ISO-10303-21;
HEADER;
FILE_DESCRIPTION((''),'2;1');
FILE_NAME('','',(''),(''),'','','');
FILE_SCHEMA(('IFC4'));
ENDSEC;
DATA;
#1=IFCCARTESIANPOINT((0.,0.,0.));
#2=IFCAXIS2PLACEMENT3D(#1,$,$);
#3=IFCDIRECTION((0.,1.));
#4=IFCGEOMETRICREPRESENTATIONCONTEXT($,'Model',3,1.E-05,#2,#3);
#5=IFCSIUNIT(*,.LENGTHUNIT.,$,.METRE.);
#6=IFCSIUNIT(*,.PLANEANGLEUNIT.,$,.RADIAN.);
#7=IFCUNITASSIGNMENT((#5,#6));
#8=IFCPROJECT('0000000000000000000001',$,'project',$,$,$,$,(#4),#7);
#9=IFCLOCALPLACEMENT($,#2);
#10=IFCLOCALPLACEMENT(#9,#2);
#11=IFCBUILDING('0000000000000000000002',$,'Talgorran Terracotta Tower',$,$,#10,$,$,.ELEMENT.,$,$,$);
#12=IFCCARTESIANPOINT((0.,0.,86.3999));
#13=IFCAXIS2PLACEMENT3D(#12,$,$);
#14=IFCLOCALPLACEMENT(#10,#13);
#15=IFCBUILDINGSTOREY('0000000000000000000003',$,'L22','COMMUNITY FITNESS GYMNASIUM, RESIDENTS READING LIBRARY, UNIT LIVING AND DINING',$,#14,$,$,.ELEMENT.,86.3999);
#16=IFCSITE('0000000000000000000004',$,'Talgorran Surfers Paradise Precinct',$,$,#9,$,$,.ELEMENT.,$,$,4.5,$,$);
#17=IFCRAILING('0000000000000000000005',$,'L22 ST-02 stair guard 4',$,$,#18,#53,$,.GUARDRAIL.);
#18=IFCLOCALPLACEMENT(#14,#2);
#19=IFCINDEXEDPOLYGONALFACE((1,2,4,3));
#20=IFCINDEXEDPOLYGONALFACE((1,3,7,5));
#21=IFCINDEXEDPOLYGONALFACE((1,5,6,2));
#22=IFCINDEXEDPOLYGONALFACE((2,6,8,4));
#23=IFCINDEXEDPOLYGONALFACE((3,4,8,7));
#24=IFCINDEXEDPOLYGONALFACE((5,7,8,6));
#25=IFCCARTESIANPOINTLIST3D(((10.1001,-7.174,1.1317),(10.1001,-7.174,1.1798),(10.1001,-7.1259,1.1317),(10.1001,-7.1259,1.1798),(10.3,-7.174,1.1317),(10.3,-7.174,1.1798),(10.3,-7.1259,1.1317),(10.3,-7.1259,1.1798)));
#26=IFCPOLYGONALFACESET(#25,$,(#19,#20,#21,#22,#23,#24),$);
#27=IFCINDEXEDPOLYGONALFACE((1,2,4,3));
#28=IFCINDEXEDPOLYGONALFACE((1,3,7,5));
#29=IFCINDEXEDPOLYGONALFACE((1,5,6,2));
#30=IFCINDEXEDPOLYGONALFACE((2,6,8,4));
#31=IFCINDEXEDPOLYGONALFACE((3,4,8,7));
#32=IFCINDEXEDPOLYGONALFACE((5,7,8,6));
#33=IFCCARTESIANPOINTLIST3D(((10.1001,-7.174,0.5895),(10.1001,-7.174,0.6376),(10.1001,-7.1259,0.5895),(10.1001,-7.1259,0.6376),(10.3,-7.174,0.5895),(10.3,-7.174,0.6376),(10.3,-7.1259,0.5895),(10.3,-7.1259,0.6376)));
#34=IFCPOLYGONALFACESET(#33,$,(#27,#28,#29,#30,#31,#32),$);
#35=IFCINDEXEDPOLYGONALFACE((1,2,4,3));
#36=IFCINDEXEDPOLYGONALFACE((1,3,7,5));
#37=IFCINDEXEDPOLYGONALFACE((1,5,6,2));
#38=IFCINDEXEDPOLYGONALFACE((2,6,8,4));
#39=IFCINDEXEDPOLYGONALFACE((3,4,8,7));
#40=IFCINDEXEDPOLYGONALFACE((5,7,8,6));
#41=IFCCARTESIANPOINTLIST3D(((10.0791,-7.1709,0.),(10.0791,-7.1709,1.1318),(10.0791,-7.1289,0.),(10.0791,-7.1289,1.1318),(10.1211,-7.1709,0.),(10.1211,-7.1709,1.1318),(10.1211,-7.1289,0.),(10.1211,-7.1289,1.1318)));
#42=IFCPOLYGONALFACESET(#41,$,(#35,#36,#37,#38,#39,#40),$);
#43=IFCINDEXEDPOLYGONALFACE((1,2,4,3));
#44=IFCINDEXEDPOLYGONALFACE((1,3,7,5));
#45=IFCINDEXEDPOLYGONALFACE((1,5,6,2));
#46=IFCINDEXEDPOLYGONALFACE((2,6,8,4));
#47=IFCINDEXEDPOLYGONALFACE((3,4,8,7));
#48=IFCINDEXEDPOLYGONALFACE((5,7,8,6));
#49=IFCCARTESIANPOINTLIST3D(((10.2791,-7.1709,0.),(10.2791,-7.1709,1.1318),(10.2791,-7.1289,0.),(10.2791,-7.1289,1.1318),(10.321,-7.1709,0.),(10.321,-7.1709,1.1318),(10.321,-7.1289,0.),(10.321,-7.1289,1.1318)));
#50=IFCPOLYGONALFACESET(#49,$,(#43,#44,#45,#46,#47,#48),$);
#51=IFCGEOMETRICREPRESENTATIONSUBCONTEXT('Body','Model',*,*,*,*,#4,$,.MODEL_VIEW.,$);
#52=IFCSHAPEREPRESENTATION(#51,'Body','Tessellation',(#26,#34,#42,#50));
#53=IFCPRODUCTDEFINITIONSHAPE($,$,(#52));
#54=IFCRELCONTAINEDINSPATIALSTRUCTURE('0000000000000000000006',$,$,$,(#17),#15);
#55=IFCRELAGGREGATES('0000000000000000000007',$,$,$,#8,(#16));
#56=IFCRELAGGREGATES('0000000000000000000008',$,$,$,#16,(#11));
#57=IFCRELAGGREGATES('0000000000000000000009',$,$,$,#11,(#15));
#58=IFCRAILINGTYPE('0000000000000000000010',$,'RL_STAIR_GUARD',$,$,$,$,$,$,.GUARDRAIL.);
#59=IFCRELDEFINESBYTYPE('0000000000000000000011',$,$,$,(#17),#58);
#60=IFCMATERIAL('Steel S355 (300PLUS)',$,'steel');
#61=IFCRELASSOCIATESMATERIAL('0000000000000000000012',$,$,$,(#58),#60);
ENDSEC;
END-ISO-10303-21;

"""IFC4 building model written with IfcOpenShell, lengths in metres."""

from ifc_helpers import new_model, si_unit, direction, frame, origin, origin_2d, place, context, subcontext, project, spatial, rectangle, extrude, material, type_object, element, save


model = new_model("IFC4")

# Units and contexts
model_context = context("Model", 3, precision=1e-05, world=origin(), true_north=direction((0.0, 1.0)))
body_context = subcontext(model_context, "Body", "Model", "MODEL_VIEW")
ifc_project = project(units=[si_unit("LENGTHUNIT", "METRE"), si_unit("PLANEANGLEUNIT", "RADIAN")], contexts=[model_context])

# Site, building, storey
site_placement = place(None, origin())
site = spatial("IfcSite", under=ifc_project, at=site_placement, Name="Talgorran Surfers Paradise Precinct", CompositionType="ELEMENT", RefElevation=4.5)
building_placement = place(site_placement, origin())
building = spatial("IfcBuilding", under=site, at=building_placement, Name="Talgorran Terracotta Tower", CompositionType="ELEMENT")
storey_placement = place(building_placement, frame((0.0, 0.0, 86.3999)))
storey = spatial("IfcBuildingStorey", under=building, at=storey_placement, Name="L22", Description="COMMUNITY FITNESS GYMNASIUM, RESIDENTS READING LIBRARY, UNIT LIVING AND DINING", CompositionType="ELEMENT", Elevation=86.3999)

# Shared definitions
ifc_material_1 = material(Name="Steel S355 (300PLUS)", Category="steel")

# Railing
railing_type_1 = type_object("IfcRailingType", Name="RL_STAIR_GUARD", PredefinedType="GUARDRAIL", material=ifc_material_1)
railing_1_placement = place(storey_placement, frame((10.1001, -7.1499, 0.0)))
element("IfcRailing", 1, at=railing_1_placement, inside=storey, type_object=railing_type_1, Name="L22 ST-02 stair guard 4", PredefinedType="GUARDRAIL", context=body_context, shape_type="SweptSolid", body=[
    extrude(rectangle(XDim=0.0481, YDim=0.0481, at=origin_2d()), frame((0.0, 0.0, 1.1558), z_axis=(1.0, 0.0, 0.0), x_axis=(0.0, 1.0, 0.0)), (0.0, 0.0, 1.0), 0.2),
    extrude(rectangle(XDim=0.0481, YDim=0.0481, at=origin_2d()), frame((0.0, 0.0, 0.6135), z_axis=(1.0, 0.0, 0.0), x_axis=(0.0, 1.0, 0.0)), (0.0, 0.0, 1.0), 0.2),
    extrude(rectangle(XDim=0.042, YDim=0.042, at=origin_2d()), origin(), (0.0, 0.0, 1.0), 1.1318),
    extrude(rectangle(XDim=0.042, YDim=0.042, at=origin_2d()), frame((0.2, 0.0, 0.0)), (0.0, 0.0, 1.0), 1.1318),
])

save(model, "model.ifc")
